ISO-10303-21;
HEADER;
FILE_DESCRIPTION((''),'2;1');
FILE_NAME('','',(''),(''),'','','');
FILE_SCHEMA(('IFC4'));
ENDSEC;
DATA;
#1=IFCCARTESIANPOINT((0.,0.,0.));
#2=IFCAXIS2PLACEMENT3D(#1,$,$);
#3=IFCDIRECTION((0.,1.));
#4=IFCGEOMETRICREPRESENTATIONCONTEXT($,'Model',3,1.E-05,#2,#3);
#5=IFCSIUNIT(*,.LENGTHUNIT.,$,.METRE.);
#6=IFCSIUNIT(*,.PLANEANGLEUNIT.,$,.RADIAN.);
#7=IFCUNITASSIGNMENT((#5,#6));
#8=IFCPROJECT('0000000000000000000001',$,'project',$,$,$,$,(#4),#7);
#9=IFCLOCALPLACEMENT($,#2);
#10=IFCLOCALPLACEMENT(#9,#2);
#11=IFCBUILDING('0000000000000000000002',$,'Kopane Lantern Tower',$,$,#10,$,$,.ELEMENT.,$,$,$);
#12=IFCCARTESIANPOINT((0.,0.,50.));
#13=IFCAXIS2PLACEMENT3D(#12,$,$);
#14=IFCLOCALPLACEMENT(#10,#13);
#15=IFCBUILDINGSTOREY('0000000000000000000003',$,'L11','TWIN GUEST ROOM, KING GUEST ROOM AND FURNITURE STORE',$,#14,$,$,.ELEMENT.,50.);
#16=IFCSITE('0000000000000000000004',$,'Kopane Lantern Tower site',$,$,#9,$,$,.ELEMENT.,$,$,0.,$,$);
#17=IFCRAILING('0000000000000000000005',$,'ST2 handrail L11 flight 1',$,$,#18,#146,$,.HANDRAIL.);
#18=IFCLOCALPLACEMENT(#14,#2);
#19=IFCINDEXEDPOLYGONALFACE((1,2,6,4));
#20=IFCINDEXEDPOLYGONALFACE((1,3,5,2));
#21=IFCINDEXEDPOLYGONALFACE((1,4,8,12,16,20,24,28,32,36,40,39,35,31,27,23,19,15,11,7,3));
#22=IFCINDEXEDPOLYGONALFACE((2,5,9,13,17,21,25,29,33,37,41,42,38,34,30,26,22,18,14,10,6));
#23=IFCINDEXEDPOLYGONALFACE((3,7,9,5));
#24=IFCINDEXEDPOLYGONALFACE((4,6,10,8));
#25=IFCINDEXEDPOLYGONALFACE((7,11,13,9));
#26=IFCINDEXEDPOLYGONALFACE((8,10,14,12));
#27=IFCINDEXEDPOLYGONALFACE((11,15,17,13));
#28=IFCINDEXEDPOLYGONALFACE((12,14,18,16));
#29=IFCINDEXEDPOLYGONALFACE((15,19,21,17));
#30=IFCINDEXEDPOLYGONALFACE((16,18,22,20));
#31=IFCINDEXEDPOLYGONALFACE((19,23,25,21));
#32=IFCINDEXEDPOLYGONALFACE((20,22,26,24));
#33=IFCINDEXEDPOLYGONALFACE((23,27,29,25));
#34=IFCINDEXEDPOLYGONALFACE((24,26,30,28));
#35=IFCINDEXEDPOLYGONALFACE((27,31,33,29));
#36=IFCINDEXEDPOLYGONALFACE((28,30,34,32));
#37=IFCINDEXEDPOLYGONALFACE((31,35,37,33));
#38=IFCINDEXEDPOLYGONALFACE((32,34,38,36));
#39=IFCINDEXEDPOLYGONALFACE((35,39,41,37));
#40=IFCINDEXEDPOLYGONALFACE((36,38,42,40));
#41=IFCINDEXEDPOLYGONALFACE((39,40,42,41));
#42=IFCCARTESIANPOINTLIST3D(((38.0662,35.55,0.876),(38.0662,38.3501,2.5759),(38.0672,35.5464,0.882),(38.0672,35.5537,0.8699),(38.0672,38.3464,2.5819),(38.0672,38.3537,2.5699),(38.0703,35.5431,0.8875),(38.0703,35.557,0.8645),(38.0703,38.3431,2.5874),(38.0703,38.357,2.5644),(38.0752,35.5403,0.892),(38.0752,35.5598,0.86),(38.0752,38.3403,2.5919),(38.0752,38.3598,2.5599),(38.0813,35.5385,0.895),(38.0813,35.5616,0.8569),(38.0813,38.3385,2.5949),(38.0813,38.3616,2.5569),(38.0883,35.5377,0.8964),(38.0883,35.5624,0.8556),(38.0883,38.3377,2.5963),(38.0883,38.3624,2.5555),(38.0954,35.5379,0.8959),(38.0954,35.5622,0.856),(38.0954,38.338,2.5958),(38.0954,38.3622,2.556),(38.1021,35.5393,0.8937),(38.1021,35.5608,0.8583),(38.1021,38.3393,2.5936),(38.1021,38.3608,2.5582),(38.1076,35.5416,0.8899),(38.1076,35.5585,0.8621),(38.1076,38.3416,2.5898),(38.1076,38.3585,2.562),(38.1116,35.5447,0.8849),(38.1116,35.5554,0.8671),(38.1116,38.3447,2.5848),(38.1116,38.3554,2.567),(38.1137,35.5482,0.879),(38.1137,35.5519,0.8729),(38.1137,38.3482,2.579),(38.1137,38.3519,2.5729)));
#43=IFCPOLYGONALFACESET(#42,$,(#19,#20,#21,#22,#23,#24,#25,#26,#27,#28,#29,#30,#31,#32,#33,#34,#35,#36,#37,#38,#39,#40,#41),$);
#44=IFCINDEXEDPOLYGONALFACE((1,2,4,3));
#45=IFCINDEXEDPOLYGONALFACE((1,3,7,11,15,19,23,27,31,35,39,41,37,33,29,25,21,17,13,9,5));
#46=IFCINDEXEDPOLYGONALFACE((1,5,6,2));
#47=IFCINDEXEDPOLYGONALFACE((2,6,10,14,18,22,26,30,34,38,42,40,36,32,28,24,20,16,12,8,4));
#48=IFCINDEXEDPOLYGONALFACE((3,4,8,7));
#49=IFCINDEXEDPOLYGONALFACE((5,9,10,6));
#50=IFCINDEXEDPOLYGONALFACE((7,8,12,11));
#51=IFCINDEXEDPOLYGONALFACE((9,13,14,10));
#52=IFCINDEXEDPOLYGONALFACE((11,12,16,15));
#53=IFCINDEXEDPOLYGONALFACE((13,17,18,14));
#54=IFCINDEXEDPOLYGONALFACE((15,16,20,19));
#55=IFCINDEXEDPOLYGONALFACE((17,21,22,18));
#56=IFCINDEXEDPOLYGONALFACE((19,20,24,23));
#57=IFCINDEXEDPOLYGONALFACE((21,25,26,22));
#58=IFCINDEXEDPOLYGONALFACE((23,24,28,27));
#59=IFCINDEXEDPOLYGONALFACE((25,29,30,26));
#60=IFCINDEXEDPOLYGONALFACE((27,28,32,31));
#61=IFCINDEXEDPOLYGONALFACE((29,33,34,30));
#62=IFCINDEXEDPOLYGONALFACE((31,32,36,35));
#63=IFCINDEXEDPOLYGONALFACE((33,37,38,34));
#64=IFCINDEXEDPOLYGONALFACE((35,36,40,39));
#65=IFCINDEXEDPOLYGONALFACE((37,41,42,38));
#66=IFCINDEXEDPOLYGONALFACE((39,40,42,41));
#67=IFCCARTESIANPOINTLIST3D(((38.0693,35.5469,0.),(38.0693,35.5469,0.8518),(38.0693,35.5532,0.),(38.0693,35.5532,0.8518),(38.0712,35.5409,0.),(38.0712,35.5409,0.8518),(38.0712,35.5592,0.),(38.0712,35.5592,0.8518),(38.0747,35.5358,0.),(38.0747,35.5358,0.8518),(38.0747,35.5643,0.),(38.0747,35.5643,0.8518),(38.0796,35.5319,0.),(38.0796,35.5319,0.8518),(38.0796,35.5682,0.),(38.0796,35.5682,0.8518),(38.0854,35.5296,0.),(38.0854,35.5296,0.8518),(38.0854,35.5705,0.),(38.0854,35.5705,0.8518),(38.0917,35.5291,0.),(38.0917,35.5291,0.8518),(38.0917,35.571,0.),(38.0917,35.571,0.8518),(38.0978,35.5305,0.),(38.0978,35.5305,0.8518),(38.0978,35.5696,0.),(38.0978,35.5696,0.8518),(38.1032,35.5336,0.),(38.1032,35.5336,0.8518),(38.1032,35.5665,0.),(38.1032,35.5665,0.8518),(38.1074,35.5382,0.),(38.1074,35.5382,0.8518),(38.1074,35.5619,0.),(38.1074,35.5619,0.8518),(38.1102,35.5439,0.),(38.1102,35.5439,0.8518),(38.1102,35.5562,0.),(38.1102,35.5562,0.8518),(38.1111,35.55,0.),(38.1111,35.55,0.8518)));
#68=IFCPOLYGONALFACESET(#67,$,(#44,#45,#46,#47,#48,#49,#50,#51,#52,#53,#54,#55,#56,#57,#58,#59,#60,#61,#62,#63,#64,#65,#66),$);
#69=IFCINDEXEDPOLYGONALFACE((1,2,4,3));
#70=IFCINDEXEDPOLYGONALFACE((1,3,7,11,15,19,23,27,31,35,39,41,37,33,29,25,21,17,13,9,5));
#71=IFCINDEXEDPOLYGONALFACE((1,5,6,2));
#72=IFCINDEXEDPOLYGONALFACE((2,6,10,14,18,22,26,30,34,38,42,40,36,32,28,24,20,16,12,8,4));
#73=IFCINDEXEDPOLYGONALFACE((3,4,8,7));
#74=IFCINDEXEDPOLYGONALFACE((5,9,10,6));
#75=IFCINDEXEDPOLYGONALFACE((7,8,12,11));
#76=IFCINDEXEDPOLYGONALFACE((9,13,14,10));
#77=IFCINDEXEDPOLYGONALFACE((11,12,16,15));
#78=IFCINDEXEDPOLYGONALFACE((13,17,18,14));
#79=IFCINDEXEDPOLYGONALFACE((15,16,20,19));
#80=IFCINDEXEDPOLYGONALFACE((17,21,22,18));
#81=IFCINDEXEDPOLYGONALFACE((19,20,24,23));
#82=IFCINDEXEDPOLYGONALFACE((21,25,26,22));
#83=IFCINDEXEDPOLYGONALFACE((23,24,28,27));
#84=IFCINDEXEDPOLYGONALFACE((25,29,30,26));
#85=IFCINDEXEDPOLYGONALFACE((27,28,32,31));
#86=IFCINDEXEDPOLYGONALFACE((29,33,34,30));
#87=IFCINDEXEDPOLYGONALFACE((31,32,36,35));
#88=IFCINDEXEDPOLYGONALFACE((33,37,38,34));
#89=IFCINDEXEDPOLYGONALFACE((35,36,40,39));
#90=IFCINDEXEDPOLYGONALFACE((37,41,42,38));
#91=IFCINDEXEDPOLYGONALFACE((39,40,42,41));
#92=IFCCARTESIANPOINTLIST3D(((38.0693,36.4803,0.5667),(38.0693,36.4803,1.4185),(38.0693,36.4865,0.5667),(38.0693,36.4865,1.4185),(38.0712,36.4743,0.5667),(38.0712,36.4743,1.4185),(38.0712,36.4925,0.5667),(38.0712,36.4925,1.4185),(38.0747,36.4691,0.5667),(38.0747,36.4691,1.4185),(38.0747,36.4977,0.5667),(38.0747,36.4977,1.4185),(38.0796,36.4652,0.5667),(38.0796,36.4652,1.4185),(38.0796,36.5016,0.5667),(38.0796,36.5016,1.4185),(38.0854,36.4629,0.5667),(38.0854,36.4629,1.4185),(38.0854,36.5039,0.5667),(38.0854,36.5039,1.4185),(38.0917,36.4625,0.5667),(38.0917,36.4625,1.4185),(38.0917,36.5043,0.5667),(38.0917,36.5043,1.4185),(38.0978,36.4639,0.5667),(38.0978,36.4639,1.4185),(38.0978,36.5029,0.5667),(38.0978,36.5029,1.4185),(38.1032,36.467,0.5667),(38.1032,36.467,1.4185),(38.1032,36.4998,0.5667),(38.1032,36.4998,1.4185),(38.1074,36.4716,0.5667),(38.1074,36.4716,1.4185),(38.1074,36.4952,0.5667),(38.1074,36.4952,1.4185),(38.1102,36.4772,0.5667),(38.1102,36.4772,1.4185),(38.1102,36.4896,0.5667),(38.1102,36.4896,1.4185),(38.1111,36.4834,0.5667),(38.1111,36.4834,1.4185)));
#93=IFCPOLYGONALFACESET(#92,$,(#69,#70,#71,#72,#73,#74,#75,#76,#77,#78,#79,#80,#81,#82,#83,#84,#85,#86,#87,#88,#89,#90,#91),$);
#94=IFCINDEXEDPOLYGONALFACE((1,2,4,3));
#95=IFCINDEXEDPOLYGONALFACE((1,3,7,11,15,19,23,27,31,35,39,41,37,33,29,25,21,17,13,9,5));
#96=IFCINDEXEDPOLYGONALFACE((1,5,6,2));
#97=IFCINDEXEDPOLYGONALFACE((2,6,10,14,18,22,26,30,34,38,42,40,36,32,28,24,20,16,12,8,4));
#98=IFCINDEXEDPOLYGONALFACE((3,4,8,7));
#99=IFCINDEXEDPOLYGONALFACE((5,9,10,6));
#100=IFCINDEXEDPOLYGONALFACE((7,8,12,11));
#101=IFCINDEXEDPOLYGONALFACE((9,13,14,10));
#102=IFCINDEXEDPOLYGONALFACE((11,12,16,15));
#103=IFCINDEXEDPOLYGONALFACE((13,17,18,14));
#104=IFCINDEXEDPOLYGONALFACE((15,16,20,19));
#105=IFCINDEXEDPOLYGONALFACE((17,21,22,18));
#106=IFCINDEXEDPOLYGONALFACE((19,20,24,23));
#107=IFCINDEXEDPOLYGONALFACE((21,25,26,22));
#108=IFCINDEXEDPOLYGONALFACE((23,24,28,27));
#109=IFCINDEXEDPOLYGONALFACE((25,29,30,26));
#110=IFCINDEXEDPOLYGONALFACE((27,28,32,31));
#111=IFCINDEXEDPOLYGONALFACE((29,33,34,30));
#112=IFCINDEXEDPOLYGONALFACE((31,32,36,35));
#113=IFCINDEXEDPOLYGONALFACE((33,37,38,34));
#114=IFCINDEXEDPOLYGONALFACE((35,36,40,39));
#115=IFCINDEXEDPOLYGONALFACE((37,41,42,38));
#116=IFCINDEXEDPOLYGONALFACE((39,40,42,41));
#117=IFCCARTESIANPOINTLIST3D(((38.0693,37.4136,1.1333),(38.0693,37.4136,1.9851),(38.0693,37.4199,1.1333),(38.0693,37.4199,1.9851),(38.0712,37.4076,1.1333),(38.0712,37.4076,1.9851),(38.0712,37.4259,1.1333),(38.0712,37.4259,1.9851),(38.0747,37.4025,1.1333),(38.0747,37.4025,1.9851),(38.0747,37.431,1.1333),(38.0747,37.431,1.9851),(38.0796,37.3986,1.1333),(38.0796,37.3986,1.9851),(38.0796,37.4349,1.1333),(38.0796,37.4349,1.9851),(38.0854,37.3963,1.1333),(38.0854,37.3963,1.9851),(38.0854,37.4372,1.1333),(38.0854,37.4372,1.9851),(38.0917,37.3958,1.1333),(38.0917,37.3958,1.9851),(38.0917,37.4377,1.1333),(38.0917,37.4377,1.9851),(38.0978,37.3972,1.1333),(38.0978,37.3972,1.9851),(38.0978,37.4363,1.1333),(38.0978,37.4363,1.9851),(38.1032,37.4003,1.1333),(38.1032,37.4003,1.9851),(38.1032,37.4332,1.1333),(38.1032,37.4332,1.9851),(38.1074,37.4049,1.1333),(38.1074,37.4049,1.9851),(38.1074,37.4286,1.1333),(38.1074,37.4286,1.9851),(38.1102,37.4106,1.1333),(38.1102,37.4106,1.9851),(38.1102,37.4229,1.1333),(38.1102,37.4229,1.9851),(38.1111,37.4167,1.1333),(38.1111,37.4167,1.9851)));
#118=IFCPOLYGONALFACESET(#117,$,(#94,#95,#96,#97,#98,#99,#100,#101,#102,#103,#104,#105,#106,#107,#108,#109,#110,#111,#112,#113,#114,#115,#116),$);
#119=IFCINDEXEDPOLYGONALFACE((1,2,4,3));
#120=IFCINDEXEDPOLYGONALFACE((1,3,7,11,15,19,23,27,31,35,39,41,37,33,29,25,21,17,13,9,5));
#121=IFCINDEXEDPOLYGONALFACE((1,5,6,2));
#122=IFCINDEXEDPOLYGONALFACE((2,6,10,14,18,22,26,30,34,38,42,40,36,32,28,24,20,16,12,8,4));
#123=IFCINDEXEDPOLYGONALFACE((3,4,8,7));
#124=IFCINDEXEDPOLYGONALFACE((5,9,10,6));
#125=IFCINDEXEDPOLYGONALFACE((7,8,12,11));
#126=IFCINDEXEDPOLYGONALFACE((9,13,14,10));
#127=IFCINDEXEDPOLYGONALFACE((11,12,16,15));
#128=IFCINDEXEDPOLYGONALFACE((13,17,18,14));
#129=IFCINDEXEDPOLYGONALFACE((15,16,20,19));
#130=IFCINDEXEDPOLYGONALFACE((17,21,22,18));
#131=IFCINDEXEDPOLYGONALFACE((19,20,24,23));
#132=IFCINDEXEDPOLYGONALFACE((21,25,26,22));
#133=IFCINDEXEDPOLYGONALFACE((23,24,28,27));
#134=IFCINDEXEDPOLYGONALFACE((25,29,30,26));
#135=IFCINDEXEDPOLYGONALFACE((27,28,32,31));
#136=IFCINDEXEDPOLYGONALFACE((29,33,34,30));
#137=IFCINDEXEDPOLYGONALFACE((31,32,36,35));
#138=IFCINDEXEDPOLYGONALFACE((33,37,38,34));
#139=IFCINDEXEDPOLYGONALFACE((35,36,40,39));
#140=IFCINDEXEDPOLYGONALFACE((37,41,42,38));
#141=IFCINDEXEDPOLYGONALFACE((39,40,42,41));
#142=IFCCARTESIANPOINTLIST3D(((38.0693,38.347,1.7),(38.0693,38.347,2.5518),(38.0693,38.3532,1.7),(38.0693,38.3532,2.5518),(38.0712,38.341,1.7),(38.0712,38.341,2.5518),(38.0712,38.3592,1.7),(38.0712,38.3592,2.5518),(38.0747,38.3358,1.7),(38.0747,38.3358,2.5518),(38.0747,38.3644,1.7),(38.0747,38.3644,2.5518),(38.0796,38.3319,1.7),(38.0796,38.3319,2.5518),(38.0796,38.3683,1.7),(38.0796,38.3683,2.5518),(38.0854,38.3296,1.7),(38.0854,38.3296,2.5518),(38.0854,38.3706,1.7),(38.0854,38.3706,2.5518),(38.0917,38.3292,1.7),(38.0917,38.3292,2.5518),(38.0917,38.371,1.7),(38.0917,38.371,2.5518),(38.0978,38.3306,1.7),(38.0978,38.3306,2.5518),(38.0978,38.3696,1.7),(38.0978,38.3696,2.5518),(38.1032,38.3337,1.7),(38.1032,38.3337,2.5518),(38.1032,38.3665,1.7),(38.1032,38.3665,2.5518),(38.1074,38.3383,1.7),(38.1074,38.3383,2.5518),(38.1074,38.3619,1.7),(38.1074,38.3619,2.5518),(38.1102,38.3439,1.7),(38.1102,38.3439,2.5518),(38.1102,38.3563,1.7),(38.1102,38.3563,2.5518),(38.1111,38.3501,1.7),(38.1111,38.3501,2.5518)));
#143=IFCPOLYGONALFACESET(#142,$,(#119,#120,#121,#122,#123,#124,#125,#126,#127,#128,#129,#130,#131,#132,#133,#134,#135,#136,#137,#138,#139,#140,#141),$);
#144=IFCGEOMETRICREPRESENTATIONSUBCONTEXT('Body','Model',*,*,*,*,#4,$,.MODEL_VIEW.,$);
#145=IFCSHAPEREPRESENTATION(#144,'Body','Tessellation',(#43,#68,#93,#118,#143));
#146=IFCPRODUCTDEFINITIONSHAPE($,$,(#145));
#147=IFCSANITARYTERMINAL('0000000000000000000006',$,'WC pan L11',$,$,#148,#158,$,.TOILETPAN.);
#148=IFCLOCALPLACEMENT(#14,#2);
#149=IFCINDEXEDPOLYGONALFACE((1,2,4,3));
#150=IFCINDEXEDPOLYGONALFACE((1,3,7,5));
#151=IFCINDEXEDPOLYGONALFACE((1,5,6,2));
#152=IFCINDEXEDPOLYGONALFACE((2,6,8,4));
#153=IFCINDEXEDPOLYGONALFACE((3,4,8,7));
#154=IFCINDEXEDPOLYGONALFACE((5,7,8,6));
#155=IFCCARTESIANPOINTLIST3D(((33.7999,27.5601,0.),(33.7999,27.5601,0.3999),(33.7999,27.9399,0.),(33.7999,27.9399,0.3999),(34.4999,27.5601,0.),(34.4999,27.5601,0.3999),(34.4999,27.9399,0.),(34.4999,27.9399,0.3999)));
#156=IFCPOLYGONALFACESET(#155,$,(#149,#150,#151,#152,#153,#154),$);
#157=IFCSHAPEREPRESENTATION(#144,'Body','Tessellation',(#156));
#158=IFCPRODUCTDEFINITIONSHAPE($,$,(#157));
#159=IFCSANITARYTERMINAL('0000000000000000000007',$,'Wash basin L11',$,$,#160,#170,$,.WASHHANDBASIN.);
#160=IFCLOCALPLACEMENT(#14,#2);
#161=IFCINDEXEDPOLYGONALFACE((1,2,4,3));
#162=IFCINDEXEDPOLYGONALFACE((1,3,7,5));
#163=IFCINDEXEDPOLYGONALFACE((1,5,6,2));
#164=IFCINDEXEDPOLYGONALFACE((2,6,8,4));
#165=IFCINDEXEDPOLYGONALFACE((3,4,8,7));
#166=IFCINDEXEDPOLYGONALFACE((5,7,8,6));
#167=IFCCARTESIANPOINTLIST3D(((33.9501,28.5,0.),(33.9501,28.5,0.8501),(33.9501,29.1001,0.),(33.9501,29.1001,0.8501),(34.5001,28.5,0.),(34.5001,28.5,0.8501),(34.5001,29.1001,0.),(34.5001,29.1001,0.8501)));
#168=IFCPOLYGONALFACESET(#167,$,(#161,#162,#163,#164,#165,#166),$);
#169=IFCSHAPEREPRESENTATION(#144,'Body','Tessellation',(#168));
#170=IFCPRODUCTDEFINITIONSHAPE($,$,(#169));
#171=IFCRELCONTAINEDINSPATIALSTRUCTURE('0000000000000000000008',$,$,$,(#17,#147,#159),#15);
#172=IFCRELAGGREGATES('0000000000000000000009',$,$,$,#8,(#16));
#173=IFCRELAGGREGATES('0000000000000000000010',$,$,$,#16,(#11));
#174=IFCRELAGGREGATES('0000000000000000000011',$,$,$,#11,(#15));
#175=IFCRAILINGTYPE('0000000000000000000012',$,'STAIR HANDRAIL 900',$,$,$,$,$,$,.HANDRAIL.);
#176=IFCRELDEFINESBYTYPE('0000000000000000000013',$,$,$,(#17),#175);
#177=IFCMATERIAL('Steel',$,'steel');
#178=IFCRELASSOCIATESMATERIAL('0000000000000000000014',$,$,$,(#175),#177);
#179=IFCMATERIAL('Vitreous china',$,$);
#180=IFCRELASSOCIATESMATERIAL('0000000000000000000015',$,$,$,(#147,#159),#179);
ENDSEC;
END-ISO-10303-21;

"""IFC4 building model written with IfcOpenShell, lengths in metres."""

from ifc_helpers import new_model, si_unit, direction, frame, origin, origin_2d, place, context, subcontext, project, spatial, rectangle, circle, extrude, material, type_object, element, save


model = new_model("IFC4")

# Units and contexts
model_context = context("Model", 3, precision=1e-05, world=origin(), true_north=direction((0.0, 1.0)))
body_context = subcontext(model_context, "Body", "Model", "MODEL_VIEW")
ifc_project = project(units=[si_unit("LENGTHUNIT", "METRE"), si_unit("PLANEANGLEUNIT", "RADIAN")], contexts=[model_context])

# Site, building, storey
site_placement = place(None, origin())
site = spatial("IfcSite", under=ifc_project, at=site_placement, Name="Kopane Lantern Tower site", CompositionType="ELEMENT", RefElevation=0.0)
building_placement = place(site_placement, origin())
building = spatial("IfcBuilding", under=site, at=building_placement, Name="Kopane Lantern Tower", CompositionType="ELEMENT")
storey_placement = place(building_placement, frame((0.0, 0.0, 50.0)))
storey = spatial("IfcBuildingStorey", under=building, at=storey_placement, Name="L11", Description="TWIN GUEST ROOM, KING GUEST ROOM AND FURNITURE STORE", CompositionType="ELEMENT", Elevation=50.0)

# Railing
ifc_material_1 = material(Name="Steel", Category="steel")
railing_type_1 = type_object("IfcRailingType", Name="STAIR HANDRAIL 900", PredefinedType="HANDRAIL", material=ifc_material_1)
for number, where, name in (
    (1, (38.0901, 35.55, 0.0), "ST2 handrail L11 flight 1"),
):
    element("IfcRailing", number, at=place(storey_placement, frame(where)), inside=storey, type_object=railing_type_1, Name=name, PredefinedType="HANDRAIL", context=body_context, shape_type="SweptSolid", body=[
        extrude(circle(Radius=0.0239, at=origin_2d()), frame((0.0, 0.0, 0.876), z_axis=(0.0, 0.854798, 0.518961), x_axis=(-1.0, 0.0, 0.0)), (0.0, 0.0, 1.0), 3.2756),
        extrude(circle(Radius=0.021, at=origin_2d()), origin(), (0.0, 0.0, 1.0), 0.8518),
        extrude(circle(Radius=0.021, at=origin_2d()), frame((0.0, 0.9333, 0.5667)), (0.0, 0.0, 1.0), 0.8518),
        extrude(circle(Radius=0.021, at=origin_2d()), frame((0.0, 1.8667, 1.1333)), (0.0, 0.0, 1.0), 0.8518),
        extrude(circle(Radius=0.021, at=origin_2d()), frame((0.0, 2.8, 1.7)), (0.0, 0.0, 1.0), 0.8518),
    ])

# Sanitary terminals
ifc_material_2 = material(Name="Vitreous china")
sanitary_terminal_1_placement = place(storey_placement, frame((34.1499, 27.75, 0.0), z_axis=(0.0, 0.0, 1.0), x_axis=(1.0, 0.0, 0.0)))
element("IfcSanitaryTerminal", 2, at=sanitary_terminal_1_placement, inside=storey, material=ifc_material_2, Name="WC pan L11", PredefinedType="TOILETPAN", context=body_context, shape_type="SweptSolid", body=[
    extrude(rectangle(XDim=0.7, YDim=0.3799, at=origin_2d()), origin(), (0.0, 0.0, 1.0), 0.3999),
])
sanitary_terminal_2_placement = place(storey_placement, frame((34.2251, 28.8, 0.0), z_axis=(0.0, 0.0, 1.0), x_axis=(1.0, 0.0, 0.0)))
element("IfcSanitaryTerminal", 3, at=sanitary_terminal_2_placement, inside=storey, material=ifc_material_2, Name="Wash basin L11", PredefinedType="WASHHANDBASIN", context=body_context, shape_type="SweptSolid", body=[
    extrude(rectangle(XDim=0.55, YDim=0.6001, at=origin_2d()), origin(), (0.0, 0.0, 1.0), 0.8501),
])

save(model, "model.ifc")
